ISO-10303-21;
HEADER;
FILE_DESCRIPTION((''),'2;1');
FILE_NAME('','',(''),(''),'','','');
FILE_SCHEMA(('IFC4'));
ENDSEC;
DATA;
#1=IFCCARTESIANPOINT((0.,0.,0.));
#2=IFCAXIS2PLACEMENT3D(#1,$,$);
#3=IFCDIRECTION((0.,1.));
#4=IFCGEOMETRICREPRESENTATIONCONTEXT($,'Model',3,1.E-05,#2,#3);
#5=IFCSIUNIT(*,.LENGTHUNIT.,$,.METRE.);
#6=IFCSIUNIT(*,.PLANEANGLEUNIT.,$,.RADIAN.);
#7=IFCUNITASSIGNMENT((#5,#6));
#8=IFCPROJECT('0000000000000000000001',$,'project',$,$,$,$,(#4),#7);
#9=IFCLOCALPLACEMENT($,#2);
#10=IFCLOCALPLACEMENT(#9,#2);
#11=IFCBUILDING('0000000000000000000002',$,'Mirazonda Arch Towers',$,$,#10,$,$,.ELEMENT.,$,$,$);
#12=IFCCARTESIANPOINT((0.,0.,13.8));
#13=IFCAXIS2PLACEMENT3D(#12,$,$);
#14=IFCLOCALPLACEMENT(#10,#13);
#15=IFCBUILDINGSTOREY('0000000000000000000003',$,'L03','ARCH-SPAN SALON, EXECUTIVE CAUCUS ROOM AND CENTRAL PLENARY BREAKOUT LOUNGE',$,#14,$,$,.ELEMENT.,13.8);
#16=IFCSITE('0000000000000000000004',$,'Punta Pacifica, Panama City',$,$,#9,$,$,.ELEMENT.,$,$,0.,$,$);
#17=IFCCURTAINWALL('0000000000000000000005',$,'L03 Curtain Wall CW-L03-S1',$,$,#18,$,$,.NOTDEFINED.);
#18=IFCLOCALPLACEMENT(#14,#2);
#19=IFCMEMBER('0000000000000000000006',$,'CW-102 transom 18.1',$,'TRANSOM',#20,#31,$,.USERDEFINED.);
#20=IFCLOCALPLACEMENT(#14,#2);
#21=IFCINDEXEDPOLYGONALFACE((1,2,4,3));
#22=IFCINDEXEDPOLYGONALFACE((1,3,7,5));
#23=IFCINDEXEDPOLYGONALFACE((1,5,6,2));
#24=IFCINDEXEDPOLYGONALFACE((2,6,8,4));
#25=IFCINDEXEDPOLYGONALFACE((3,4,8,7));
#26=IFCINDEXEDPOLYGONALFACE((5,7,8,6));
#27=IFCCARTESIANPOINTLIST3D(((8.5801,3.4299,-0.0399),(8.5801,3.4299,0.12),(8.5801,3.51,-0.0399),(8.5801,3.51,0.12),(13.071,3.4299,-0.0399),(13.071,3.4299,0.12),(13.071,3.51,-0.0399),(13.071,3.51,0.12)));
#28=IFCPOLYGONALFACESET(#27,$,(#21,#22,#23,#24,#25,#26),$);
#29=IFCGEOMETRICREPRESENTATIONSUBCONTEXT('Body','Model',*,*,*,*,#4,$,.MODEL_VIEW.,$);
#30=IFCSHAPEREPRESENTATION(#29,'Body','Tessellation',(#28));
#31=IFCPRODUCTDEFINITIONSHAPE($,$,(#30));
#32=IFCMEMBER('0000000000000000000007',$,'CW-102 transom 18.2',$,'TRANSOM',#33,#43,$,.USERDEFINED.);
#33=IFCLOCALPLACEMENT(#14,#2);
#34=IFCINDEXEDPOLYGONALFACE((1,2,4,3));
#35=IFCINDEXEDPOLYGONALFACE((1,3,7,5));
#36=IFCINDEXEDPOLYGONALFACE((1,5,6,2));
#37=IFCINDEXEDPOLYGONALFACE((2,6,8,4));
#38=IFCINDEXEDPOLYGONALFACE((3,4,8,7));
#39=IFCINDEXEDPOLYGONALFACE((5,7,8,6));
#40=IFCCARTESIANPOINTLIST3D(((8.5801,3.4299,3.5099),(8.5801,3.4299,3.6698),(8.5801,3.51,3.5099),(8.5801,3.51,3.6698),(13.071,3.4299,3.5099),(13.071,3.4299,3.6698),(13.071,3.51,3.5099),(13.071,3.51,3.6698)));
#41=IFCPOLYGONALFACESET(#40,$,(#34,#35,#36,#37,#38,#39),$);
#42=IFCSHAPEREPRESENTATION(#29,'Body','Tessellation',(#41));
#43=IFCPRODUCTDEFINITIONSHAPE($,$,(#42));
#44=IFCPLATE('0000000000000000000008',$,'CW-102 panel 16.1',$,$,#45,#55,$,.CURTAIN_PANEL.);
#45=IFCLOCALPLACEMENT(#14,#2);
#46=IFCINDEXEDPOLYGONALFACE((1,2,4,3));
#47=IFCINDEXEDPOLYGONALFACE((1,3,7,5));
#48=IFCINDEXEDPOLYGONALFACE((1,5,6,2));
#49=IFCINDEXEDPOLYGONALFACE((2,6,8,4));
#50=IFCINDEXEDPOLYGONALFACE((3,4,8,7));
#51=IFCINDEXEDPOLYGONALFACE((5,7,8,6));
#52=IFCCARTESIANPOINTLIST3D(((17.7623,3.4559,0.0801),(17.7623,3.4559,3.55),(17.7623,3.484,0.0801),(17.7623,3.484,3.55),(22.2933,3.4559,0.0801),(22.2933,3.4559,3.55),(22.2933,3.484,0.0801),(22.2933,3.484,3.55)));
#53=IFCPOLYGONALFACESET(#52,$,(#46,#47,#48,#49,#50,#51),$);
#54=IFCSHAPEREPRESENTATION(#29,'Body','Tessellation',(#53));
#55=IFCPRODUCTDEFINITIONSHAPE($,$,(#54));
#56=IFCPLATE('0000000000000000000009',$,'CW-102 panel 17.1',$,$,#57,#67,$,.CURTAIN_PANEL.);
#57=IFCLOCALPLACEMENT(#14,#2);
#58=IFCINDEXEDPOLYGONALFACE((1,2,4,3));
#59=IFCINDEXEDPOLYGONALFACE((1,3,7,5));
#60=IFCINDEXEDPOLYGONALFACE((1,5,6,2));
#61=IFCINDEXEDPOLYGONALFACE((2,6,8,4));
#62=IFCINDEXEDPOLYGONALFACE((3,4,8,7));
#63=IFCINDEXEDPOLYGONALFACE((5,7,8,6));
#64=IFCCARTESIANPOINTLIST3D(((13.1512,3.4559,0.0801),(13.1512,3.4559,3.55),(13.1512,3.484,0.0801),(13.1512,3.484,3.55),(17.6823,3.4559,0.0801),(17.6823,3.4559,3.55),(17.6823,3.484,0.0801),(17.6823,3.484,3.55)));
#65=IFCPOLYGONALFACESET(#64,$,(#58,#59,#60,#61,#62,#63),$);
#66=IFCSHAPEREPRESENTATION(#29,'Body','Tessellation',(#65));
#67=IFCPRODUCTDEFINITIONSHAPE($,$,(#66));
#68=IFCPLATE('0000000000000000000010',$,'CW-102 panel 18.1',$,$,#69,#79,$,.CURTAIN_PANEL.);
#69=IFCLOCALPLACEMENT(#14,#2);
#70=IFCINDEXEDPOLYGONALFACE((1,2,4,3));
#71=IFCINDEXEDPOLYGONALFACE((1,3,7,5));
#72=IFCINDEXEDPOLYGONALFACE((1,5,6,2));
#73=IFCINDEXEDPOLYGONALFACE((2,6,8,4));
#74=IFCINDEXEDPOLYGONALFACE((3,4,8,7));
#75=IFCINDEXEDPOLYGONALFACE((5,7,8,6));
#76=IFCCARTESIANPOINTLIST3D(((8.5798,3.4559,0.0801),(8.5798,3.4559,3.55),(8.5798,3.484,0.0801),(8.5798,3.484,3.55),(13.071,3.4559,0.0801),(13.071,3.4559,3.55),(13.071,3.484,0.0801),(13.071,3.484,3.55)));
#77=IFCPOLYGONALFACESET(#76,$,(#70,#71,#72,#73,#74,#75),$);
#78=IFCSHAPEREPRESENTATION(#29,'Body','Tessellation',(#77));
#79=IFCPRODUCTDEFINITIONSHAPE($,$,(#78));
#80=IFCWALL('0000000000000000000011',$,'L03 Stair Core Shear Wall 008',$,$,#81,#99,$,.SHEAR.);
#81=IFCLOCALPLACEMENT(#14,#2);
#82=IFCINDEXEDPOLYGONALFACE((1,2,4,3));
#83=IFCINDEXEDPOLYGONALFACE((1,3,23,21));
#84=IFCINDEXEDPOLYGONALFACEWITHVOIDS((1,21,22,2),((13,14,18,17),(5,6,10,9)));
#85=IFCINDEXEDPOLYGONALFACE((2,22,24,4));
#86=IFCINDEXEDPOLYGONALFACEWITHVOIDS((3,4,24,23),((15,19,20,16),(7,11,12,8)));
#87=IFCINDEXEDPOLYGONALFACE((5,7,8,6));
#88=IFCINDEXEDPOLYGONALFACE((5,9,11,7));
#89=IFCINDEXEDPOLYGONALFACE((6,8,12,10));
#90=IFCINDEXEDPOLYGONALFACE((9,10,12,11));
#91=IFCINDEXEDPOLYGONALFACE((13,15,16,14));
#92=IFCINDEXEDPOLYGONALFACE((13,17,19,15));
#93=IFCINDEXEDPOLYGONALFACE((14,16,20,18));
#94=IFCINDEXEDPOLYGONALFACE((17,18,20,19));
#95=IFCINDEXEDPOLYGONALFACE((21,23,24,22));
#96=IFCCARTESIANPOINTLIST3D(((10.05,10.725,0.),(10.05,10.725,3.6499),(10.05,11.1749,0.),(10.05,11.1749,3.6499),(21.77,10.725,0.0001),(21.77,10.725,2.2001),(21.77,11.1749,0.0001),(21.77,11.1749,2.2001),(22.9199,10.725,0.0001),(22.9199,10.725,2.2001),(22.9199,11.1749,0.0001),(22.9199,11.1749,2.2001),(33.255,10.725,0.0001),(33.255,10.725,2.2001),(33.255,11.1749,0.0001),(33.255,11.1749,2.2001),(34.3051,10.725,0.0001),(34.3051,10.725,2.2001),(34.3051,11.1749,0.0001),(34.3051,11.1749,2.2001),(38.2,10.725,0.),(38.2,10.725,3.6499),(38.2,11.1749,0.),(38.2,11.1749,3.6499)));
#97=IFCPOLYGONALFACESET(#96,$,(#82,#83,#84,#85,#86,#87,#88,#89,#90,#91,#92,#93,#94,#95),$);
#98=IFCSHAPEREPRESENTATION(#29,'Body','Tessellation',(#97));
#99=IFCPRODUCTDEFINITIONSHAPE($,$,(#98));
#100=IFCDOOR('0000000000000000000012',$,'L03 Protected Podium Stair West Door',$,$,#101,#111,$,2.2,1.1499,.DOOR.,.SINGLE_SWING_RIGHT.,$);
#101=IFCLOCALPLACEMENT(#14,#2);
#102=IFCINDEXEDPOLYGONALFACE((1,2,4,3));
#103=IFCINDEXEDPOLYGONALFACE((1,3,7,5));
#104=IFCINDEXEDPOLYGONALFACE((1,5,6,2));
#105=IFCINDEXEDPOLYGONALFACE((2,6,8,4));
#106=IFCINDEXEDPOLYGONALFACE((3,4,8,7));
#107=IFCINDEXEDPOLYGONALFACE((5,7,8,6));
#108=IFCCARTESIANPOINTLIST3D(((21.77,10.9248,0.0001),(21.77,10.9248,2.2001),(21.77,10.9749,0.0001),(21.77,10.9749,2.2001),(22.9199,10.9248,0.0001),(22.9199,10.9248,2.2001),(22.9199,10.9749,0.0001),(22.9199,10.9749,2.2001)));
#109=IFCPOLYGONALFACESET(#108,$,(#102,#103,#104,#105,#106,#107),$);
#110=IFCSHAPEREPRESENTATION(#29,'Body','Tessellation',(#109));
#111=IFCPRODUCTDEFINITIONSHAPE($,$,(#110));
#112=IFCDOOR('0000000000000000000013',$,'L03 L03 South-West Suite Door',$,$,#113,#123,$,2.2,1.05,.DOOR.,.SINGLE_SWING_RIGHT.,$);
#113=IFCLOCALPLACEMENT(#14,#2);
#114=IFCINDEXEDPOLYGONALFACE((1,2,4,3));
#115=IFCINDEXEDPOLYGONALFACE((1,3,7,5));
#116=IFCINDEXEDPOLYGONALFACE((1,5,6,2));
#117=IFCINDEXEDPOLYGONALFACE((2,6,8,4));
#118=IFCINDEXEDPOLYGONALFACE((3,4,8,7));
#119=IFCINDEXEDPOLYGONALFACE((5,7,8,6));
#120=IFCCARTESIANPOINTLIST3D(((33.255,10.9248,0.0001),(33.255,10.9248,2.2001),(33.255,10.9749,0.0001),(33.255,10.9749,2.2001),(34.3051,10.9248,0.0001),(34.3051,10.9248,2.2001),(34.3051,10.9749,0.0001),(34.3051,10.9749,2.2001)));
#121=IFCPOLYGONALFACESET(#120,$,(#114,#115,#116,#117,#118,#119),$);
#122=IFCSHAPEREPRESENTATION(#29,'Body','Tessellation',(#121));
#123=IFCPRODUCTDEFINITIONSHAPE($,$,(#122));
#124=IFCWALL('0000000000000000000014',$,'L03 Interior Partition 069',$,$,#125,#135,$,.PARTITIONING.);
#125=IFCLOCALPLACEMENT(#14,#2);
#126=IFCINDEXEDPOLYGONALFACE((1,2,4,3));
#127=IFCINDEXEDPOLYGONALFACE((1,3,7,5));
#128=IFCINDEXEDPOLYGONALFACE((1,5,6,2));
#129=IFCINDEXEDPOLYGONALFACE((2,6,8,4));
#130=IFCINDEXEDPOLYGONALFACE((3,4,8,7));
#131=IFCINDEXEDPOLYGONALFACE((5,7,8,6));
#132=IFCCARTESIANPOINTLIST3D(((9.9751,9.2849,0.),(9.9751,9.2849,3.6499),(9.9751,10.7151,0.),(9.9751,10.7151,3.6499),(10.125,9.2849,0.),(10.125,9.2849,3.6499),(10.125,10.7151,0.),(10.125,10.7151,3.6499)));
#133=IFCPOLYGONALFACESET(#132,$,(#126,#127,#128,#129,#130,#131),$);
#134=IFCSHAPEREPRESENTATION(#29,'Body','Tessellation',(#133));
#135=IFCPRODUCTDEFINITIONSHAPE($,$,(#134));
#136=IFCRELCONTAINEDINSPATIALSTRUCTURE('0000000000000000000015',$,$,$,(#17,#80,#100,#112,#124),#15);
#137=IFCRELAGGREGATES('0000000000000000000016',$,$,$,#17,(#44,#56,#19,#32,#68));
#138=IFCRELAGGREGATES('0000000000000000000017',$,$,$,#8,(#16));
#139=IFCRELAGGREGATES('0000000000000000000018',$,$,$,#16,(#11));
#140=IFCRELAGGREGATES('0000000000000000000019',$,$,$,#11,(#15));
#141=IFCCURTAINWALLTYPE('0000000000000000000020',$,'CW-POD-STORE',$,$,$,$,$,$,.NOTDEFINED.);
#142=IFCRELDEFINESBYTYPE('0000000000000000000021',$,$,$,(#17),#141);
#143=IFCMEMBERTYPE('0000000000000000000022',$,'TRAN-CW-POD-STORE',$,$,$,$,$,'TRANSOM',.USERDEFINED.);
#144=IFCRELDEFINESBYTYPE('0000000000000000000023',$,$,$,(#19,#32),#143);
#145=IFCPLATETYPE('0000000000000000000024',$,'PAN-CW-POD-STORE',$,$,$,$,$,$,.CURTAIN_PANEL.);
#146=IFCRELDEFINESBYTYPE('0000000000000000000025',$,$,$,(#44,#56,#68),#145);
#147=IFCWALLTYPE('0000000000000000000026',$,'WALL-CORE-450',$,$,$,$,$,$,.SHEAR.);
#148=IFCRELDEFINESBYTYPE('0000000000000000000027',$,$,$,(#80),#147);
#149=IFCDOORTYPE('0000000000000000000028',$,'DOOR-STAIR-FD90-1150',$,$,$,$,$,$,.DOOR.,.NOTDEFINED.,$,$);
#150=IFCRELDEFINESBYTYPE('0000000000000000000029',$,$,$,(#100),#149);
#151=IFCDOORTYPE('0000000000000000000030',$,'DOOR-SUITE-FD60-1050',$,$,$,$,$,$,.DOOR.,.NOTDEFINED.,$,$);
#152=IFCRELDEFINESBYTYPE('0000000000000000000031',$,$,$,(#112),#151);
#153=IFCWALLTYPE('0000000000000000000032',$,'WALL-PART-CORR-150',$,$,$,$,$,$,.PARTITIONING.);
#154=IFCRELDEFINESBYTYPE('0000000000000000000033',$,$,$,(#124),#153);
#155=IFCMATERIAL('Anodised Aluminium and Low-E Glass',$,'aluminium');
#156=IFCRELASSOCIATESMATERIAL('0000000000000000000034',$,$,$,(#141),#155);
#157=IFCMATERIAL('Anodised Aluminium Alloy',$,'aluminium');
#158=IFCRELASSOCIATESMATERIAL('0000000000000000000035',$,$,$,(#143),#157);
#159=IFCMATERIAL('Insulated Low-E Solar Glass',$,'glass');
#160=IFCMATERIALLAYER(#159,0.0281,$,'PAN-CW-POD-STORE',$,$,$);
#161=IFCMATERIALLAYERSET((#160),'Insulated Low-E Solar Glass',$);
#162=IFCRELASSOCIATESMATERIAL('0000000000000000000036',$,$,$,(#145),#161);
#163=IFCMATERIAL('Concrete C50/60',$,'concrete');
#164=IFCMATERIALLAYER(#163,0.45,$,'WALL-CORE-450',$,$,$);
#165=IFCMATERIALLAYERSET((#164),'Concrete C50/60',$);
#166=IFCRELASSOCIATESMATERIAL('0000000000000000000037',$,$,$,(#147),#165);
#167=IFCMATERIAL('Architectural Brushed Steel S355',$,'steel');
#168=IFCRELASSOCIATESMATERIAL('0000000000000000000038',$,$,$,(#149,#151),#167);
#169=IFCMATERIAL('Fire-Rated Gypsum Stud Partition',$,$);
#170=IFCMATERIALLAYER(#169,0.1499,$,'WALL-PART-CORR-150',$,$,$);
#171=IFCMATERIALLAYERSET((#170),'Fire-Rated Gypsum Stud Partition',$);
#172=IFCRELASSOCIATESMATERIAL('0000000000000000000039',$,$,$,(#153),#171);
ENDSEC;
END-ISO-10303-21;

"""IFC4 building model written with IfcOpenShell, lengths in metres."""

from ifc_helpers import new_model, si_unit, direction, frame, frame_2d, origin, origin_2d, place, context, subcontext, project, spatial, rectangle, extrude, material, layer, layer_set, material_profile, profile_set, type_object, element, fill, aggregate, save


model = new_model("IFC4")

# Units and contexts
model_context = context("Model", 3, precision=1e-05, world=origin(), true_north=direction((0.0, 1.0)))
body_context = subcontext(model_context, "Body", "Model", "MODEL_VIEW")
ifc_project = project(units=[si_unit("LENGTHUNIT", "METRE"), si_unit("PLANEANGLEUNIT", "RADIAN")], contexts=[model_context])

# Site, building, storey
site_placement = place(None, origin())
site = spatial("IfcSite", under=ifc_project, at=site_placement, Name="Punta Pacifica, Panama City", CompositionType="ELEMENT", RefElevation=0.0)
building_placement = place(site_placement, origin())
building = spatial("IfcBuilding", under=site, at=building_placement, Name="Mirazonda Arch Towers", CompositionType="ELEMENT")
storey_placement = place(building_placement, frame((0.0, 0.0, 13.8)))
storey = spatial("IfcBuildingStorey", under=building, at=storey_placement, Name="L03", Description="ARCH-SPAN SALON, EXECUTIVE CAUCUS ROOM AND CENTRAL PLENARY BREAKOUT LOUNGE", CompositionType="ELEMENT", Elevation=13.8)

# Shared definitions
ifc_material_1 = material(Name="Concrete C50/60", Category="concrete")

# Curtain wall, members, plates
ifc_material_2 = material(Name="Anodised Aluminium and Low-E Glass", Category="aluminium")
curtain_wall_type = type_object("IfcCurtainWallType", Name="CW-POD-STORE", PredefinedType="NOTDEFINED", material=ifc_material_2)
curtain_wall_placement = place(storey_placement, origin())
curtain_wall = element("IfcCurtainWall", 1, at=curtain_wall_placement, inside=storey, type_object=curtain_wall_type, Name="L03 Curtain Wall CW-L03-S1", PredefinedType="NOTDEFINED")
ifc_material_3 = material(Name="Anodised Aluminium Alloy", Category="aluminium")
ifc_material_profile_1 = material_profile(ifc_material_3, rectangle(XDim=0.0801, YDim=0.1599, at=origin_2d()), Name="ALU-TRAN-80x160")
ifc_profile_set_1 = profile_set([ifc_material_profile_1], Name="Anodised Aluminium Alloy")
member_type_1 = type_object("IfcMemberType", Name="TRAN-CW-POD-STORE", ElementType="TRANSOM", PredefinedType="USERDEFINED", material=ifc_profile_set_1)
member_1_placement = place(storey_placement, frame((13.071, 3.47, 0.04), z_axis=(-1.0, 0.0, 0.0), x_axis=(0.0, -1.0, 0.0)))
member_1 = element("IfcMember", 2, at=member_1_placement, type_object=member_type_1, Name="CW-102 transom 18.1", ObjectType="TRANSOM", PredefinedType="USERDEFINED", context=body_context, shape_type="SweptSolid", body=[
    extrude(rectangle(XDim=0.0801, YDim=0.1599, at=origin_2d()), origin(), (0.0, 0.0, 1.0), 4.491),
])
member_2_placement = place(storey_placement, frame((13.071, 3.47, 3.5898), z_axis=(-1.0, 0.0, 0.0), x_axis=(0.0, -1.0, 0.0)))
member_2 = element("IfcMember", 3, at=member_2_placement, type_object=member_type_1, Name="CW-102 transom 18.2", ObjectType="TRANSOM", PredefinedType="USERDEFINED", context=body_context, shape_type="SweptSolid", body=[
    extrude(rectangle(XDim=0.0801, YDim=0.1599, at=origin_2d()), origin(), (0.0, 0.0, 1.0), 4.491),
])
ifc_material_4 = material(Name="Insulated Low-E Solar Glass", Category="glass")
ifc_layer_1 = layer(ifc_material_4, 0.0281, Name="PAN-CW-POD-STORE")
ifc_layer_set_1 = layer_set([ifc_layer_1], Name="Insulated Low-E Solar Glass")
plate_type = type_object("IfcPlateType", Name="PAN-CW-POD-STORE", PredefinedType="CURTAIN_PANEL", material=ifc_layer_set_1)
plate_1_placement = place(storey_placement, frame((20.0278, 3.47, 0.0801), z_axis=(0.0, 0.0, 1.0), x_axis=(-1.0, 0.0, 0.0)))
plate_1 = element("IfcPlate", 4, at=plate_1_placement, type_object=plate_type, Name="CW-102 panel 16.1", PredefinedType="CURTAIN_PANEL", context=body_context, shape_type="SweptSolid", body=[
    extrude(rectangle(XDim=4.531, YDim=0.0281, at=origin_2d()), origin(), (0.0, 0.0, 1.0), 3.47),
])
plate_2_placement = place(storey_placement, frame((15.4167, 3.47, 0.0801), z_axis=(0.0, 0.0, 1.0), x_axis=(-1.0, 0.0, 0.0)))
plate_2 = element("IfcPlate", 5, at=plate_2_placement, type_object=plate_type, Name="CW-102 panel 17.1", PredefinedType="CURTAIN_PANEL", context=body_context, shape_type="SweptSolid", body=[
    extrude(rectangle(XDim=4.531, YDim=0.0281, at=origin_2d()), origin(), (0.0, 0.0, 1.0), 3.47),
])
plate_3_placement = place(storey_placement, frame((10.8254, 3.47, 0.0801), z_axis=(0.0, 0.0, 1.0), x_axis=(-1.0, 0.0, 0.0)))
plate_3 = element("IfcPlate", 6, at=plate_3_placement, type_object=plate_type, Name="CW-102 panel 18.1", PredefinedType="CURTAIN_PANEL", context=body_context, shape_type="SweptSolid", body=[
    extrude(rectangle(XDim=4.4912, YDim=0.0281, at=origin_2d()), origin(), (0.0, 0.0, 1.0), 3.47),
])
aggregate(curtain_wall, [plate_1, plate_2, member_1, member_2, plate_3])

# Wall, openings, doors
ifc_layer_2 = layer(ifc_material_1, 0.45, Name="WALL-CORE-450")
ifc_layer_set_2 = layer_set([ifc_layer_2], Name="Concrete C50/60")
wall_type_1 = type_object("IfcWallType", Name="WALL-CORE-450", PredefinedType="SHEAR", material=ifc_layer_set_2)
wall_1_placement = place(storey_placement, frame((10.05, 10.95, 0.0), z_axis=(0.0, 0.0, 1.0), x_axis=(1.0, 0.0, 0.0)))
wall_1 = element("IfcWall", 7, at=wall_1_placement, inside=storey, type_object=wall_type_1, Name="L03 Stair Core Shear Wall 008", PredefinedType="SHEAR", context=body_context, shape_type="SweptSolid", body=[
    extrude(rectangle(XDim=28.1499, YDim=0.45, at=frame_2d((14.075, 0.0))), origin(), (0.0, 0.0, 1.0), 3.6499),
])
opening_1_placement = place(wall_1_placement, frame((11.72, 0.0, 0.0)))
opening_1 = element("IfcOpeningElement", 8, at=opening_1_placement, cuts=wall_1, PredefinedType="OPENING", context=body_context, shape_type="SweptSolid", body=[
    extrude(rectangle(XDim=1.1499, YDim=2.2, at=frame_2d((0.575, 1.1001))), frame((0.0, 0.2349, 0.0), z_axis=(0.0, -1.0, 0.0), x_axis=(1.0, 0.0, 0.0)), (0.0, 0.0, 1.0), 0.47),
])
opening_2_placement = place(wall_1_placement, frame((23.2051, 0.0, 0.0)))
opening_2 = element("IfcOpeningElement", 9, at=opening_2_placement, cuts=wall_1, PredefinedType="OPENING", context=body_context, shape_type="SweptSolid", body=[
    extrude(rectangle(XDim=1.05, YDim=2.2, at=frame_2d((0.5249, 1.1001))), frame((0.0, 0.2349, 0.0), z_axis=(0.0, -1.0, 0.0), x_axis=(1.0, 0.0, 0.0)), (0.0, 0.0, 1.0), 0.47),
])
ifc_material_5 = material(Name="Architectural Brushed Steel S355", Category="steel")
door_type_1 = type_object("IfcDoorType", Name="DOOR-STAIR-FD90-1150", OperationType="NOTDEFINED", PredefinedType="DOOR", material=ifc_material_5)
door_1_placement = place(opening_1_placement, origin())
door_1 = element("IfcDoor", 10, at=door_1_placement, inside=storey, type_object=door_type_1, Name="L03 Protected Podium Stair West Door", OperationType="SINGLE_SWING_RIGHT", OverallHeight=2.2, OverallWidth=1.1499, PredefinedType="DOOR", context=body_context, shape_type="SweptSolid", body=[
    extrude(rectangle(XDim=1.1499, YDim=2.2, at=frame_2d((0.575, 1.1001))), frame((0.0, 0.0249, 0.0), z_axis=(0.0, -1.0, 0.0), x_axis=(1.0, 0.0, 0.0)), (0.0, 0.0, 1.0), 0.05),
])
fill(opening_1, door_1)
door_type_2 = type_object("IfcDoorType", Name="DOOR-SUITE-FD60-1050", OperationType="NOTDEFINED", PredefinedType="DOOR", material=ifc_material_5)
door_2_placement = place(opening_2_placement, origin())
door_2 = element("IfcDoor", 11, at=door_2_placement, inside=storey, type_object=door_type_2, Name="L03 L03 South-West Suite Door", OperationType="SINGLE_SWING_RIGHT", OverallHeight=2.2, OverallWidth=1.05, PredefinedType="DOOR", context=body_context, shape_type="SweptSolid", body=[
    extrude(rectangle(XDim=1.05, YDim=2.2, at=frame_2d((0.5249, 1.1001))), frame((0.0, 0.0249, 0.0), z_axis=(0.0, -1.0, 0.0), x_axis=(1.0, 0.0, 0.0)), (0.0, 0.0, 1.0), 0.05),
])
fill(opening_2, door_2)

# Wall
ifc_material_6 = material(Name="Fire-Rated Gypsum Stud Partition")
ifc_layer_3 = layer(ifc_material_6, 0.1499, Name="WALL-PART-CORR-150")
ifc_layer_set_3 = layer_set([ifc_layer_3], Name="Fire-Rated Gypsum Stud Partition")
wall_type_2 = type_object("IfcWallType", Name="WALL-PART-CORR-150", PredefinedType="PARTITIONING", material=ifc_layer_set_3)
wall_2_placement = place(storey_placement, frame((10.05, 9.2849, 0.0), z_axis=(0.0, 0.0, 1.0), x_axis=(0.0, 1.0, 0.0)))
element("IfcWall", 12, at=wall_2_placement, inside=storey, type_object=wall_type_2, Name="L03 Interior Partition 069", PredefinedType="PARTITIONING", context=body_context, shape_type="SweptSolid", body=[
    extrude(rectangle(XDim=1.4302, YDim=0.1499, at=frame_2d((0.7151, 0.0))), origin(), (0.0, 0.0, 1.0), 3.6499),
])

save(model, "model.ifc")
